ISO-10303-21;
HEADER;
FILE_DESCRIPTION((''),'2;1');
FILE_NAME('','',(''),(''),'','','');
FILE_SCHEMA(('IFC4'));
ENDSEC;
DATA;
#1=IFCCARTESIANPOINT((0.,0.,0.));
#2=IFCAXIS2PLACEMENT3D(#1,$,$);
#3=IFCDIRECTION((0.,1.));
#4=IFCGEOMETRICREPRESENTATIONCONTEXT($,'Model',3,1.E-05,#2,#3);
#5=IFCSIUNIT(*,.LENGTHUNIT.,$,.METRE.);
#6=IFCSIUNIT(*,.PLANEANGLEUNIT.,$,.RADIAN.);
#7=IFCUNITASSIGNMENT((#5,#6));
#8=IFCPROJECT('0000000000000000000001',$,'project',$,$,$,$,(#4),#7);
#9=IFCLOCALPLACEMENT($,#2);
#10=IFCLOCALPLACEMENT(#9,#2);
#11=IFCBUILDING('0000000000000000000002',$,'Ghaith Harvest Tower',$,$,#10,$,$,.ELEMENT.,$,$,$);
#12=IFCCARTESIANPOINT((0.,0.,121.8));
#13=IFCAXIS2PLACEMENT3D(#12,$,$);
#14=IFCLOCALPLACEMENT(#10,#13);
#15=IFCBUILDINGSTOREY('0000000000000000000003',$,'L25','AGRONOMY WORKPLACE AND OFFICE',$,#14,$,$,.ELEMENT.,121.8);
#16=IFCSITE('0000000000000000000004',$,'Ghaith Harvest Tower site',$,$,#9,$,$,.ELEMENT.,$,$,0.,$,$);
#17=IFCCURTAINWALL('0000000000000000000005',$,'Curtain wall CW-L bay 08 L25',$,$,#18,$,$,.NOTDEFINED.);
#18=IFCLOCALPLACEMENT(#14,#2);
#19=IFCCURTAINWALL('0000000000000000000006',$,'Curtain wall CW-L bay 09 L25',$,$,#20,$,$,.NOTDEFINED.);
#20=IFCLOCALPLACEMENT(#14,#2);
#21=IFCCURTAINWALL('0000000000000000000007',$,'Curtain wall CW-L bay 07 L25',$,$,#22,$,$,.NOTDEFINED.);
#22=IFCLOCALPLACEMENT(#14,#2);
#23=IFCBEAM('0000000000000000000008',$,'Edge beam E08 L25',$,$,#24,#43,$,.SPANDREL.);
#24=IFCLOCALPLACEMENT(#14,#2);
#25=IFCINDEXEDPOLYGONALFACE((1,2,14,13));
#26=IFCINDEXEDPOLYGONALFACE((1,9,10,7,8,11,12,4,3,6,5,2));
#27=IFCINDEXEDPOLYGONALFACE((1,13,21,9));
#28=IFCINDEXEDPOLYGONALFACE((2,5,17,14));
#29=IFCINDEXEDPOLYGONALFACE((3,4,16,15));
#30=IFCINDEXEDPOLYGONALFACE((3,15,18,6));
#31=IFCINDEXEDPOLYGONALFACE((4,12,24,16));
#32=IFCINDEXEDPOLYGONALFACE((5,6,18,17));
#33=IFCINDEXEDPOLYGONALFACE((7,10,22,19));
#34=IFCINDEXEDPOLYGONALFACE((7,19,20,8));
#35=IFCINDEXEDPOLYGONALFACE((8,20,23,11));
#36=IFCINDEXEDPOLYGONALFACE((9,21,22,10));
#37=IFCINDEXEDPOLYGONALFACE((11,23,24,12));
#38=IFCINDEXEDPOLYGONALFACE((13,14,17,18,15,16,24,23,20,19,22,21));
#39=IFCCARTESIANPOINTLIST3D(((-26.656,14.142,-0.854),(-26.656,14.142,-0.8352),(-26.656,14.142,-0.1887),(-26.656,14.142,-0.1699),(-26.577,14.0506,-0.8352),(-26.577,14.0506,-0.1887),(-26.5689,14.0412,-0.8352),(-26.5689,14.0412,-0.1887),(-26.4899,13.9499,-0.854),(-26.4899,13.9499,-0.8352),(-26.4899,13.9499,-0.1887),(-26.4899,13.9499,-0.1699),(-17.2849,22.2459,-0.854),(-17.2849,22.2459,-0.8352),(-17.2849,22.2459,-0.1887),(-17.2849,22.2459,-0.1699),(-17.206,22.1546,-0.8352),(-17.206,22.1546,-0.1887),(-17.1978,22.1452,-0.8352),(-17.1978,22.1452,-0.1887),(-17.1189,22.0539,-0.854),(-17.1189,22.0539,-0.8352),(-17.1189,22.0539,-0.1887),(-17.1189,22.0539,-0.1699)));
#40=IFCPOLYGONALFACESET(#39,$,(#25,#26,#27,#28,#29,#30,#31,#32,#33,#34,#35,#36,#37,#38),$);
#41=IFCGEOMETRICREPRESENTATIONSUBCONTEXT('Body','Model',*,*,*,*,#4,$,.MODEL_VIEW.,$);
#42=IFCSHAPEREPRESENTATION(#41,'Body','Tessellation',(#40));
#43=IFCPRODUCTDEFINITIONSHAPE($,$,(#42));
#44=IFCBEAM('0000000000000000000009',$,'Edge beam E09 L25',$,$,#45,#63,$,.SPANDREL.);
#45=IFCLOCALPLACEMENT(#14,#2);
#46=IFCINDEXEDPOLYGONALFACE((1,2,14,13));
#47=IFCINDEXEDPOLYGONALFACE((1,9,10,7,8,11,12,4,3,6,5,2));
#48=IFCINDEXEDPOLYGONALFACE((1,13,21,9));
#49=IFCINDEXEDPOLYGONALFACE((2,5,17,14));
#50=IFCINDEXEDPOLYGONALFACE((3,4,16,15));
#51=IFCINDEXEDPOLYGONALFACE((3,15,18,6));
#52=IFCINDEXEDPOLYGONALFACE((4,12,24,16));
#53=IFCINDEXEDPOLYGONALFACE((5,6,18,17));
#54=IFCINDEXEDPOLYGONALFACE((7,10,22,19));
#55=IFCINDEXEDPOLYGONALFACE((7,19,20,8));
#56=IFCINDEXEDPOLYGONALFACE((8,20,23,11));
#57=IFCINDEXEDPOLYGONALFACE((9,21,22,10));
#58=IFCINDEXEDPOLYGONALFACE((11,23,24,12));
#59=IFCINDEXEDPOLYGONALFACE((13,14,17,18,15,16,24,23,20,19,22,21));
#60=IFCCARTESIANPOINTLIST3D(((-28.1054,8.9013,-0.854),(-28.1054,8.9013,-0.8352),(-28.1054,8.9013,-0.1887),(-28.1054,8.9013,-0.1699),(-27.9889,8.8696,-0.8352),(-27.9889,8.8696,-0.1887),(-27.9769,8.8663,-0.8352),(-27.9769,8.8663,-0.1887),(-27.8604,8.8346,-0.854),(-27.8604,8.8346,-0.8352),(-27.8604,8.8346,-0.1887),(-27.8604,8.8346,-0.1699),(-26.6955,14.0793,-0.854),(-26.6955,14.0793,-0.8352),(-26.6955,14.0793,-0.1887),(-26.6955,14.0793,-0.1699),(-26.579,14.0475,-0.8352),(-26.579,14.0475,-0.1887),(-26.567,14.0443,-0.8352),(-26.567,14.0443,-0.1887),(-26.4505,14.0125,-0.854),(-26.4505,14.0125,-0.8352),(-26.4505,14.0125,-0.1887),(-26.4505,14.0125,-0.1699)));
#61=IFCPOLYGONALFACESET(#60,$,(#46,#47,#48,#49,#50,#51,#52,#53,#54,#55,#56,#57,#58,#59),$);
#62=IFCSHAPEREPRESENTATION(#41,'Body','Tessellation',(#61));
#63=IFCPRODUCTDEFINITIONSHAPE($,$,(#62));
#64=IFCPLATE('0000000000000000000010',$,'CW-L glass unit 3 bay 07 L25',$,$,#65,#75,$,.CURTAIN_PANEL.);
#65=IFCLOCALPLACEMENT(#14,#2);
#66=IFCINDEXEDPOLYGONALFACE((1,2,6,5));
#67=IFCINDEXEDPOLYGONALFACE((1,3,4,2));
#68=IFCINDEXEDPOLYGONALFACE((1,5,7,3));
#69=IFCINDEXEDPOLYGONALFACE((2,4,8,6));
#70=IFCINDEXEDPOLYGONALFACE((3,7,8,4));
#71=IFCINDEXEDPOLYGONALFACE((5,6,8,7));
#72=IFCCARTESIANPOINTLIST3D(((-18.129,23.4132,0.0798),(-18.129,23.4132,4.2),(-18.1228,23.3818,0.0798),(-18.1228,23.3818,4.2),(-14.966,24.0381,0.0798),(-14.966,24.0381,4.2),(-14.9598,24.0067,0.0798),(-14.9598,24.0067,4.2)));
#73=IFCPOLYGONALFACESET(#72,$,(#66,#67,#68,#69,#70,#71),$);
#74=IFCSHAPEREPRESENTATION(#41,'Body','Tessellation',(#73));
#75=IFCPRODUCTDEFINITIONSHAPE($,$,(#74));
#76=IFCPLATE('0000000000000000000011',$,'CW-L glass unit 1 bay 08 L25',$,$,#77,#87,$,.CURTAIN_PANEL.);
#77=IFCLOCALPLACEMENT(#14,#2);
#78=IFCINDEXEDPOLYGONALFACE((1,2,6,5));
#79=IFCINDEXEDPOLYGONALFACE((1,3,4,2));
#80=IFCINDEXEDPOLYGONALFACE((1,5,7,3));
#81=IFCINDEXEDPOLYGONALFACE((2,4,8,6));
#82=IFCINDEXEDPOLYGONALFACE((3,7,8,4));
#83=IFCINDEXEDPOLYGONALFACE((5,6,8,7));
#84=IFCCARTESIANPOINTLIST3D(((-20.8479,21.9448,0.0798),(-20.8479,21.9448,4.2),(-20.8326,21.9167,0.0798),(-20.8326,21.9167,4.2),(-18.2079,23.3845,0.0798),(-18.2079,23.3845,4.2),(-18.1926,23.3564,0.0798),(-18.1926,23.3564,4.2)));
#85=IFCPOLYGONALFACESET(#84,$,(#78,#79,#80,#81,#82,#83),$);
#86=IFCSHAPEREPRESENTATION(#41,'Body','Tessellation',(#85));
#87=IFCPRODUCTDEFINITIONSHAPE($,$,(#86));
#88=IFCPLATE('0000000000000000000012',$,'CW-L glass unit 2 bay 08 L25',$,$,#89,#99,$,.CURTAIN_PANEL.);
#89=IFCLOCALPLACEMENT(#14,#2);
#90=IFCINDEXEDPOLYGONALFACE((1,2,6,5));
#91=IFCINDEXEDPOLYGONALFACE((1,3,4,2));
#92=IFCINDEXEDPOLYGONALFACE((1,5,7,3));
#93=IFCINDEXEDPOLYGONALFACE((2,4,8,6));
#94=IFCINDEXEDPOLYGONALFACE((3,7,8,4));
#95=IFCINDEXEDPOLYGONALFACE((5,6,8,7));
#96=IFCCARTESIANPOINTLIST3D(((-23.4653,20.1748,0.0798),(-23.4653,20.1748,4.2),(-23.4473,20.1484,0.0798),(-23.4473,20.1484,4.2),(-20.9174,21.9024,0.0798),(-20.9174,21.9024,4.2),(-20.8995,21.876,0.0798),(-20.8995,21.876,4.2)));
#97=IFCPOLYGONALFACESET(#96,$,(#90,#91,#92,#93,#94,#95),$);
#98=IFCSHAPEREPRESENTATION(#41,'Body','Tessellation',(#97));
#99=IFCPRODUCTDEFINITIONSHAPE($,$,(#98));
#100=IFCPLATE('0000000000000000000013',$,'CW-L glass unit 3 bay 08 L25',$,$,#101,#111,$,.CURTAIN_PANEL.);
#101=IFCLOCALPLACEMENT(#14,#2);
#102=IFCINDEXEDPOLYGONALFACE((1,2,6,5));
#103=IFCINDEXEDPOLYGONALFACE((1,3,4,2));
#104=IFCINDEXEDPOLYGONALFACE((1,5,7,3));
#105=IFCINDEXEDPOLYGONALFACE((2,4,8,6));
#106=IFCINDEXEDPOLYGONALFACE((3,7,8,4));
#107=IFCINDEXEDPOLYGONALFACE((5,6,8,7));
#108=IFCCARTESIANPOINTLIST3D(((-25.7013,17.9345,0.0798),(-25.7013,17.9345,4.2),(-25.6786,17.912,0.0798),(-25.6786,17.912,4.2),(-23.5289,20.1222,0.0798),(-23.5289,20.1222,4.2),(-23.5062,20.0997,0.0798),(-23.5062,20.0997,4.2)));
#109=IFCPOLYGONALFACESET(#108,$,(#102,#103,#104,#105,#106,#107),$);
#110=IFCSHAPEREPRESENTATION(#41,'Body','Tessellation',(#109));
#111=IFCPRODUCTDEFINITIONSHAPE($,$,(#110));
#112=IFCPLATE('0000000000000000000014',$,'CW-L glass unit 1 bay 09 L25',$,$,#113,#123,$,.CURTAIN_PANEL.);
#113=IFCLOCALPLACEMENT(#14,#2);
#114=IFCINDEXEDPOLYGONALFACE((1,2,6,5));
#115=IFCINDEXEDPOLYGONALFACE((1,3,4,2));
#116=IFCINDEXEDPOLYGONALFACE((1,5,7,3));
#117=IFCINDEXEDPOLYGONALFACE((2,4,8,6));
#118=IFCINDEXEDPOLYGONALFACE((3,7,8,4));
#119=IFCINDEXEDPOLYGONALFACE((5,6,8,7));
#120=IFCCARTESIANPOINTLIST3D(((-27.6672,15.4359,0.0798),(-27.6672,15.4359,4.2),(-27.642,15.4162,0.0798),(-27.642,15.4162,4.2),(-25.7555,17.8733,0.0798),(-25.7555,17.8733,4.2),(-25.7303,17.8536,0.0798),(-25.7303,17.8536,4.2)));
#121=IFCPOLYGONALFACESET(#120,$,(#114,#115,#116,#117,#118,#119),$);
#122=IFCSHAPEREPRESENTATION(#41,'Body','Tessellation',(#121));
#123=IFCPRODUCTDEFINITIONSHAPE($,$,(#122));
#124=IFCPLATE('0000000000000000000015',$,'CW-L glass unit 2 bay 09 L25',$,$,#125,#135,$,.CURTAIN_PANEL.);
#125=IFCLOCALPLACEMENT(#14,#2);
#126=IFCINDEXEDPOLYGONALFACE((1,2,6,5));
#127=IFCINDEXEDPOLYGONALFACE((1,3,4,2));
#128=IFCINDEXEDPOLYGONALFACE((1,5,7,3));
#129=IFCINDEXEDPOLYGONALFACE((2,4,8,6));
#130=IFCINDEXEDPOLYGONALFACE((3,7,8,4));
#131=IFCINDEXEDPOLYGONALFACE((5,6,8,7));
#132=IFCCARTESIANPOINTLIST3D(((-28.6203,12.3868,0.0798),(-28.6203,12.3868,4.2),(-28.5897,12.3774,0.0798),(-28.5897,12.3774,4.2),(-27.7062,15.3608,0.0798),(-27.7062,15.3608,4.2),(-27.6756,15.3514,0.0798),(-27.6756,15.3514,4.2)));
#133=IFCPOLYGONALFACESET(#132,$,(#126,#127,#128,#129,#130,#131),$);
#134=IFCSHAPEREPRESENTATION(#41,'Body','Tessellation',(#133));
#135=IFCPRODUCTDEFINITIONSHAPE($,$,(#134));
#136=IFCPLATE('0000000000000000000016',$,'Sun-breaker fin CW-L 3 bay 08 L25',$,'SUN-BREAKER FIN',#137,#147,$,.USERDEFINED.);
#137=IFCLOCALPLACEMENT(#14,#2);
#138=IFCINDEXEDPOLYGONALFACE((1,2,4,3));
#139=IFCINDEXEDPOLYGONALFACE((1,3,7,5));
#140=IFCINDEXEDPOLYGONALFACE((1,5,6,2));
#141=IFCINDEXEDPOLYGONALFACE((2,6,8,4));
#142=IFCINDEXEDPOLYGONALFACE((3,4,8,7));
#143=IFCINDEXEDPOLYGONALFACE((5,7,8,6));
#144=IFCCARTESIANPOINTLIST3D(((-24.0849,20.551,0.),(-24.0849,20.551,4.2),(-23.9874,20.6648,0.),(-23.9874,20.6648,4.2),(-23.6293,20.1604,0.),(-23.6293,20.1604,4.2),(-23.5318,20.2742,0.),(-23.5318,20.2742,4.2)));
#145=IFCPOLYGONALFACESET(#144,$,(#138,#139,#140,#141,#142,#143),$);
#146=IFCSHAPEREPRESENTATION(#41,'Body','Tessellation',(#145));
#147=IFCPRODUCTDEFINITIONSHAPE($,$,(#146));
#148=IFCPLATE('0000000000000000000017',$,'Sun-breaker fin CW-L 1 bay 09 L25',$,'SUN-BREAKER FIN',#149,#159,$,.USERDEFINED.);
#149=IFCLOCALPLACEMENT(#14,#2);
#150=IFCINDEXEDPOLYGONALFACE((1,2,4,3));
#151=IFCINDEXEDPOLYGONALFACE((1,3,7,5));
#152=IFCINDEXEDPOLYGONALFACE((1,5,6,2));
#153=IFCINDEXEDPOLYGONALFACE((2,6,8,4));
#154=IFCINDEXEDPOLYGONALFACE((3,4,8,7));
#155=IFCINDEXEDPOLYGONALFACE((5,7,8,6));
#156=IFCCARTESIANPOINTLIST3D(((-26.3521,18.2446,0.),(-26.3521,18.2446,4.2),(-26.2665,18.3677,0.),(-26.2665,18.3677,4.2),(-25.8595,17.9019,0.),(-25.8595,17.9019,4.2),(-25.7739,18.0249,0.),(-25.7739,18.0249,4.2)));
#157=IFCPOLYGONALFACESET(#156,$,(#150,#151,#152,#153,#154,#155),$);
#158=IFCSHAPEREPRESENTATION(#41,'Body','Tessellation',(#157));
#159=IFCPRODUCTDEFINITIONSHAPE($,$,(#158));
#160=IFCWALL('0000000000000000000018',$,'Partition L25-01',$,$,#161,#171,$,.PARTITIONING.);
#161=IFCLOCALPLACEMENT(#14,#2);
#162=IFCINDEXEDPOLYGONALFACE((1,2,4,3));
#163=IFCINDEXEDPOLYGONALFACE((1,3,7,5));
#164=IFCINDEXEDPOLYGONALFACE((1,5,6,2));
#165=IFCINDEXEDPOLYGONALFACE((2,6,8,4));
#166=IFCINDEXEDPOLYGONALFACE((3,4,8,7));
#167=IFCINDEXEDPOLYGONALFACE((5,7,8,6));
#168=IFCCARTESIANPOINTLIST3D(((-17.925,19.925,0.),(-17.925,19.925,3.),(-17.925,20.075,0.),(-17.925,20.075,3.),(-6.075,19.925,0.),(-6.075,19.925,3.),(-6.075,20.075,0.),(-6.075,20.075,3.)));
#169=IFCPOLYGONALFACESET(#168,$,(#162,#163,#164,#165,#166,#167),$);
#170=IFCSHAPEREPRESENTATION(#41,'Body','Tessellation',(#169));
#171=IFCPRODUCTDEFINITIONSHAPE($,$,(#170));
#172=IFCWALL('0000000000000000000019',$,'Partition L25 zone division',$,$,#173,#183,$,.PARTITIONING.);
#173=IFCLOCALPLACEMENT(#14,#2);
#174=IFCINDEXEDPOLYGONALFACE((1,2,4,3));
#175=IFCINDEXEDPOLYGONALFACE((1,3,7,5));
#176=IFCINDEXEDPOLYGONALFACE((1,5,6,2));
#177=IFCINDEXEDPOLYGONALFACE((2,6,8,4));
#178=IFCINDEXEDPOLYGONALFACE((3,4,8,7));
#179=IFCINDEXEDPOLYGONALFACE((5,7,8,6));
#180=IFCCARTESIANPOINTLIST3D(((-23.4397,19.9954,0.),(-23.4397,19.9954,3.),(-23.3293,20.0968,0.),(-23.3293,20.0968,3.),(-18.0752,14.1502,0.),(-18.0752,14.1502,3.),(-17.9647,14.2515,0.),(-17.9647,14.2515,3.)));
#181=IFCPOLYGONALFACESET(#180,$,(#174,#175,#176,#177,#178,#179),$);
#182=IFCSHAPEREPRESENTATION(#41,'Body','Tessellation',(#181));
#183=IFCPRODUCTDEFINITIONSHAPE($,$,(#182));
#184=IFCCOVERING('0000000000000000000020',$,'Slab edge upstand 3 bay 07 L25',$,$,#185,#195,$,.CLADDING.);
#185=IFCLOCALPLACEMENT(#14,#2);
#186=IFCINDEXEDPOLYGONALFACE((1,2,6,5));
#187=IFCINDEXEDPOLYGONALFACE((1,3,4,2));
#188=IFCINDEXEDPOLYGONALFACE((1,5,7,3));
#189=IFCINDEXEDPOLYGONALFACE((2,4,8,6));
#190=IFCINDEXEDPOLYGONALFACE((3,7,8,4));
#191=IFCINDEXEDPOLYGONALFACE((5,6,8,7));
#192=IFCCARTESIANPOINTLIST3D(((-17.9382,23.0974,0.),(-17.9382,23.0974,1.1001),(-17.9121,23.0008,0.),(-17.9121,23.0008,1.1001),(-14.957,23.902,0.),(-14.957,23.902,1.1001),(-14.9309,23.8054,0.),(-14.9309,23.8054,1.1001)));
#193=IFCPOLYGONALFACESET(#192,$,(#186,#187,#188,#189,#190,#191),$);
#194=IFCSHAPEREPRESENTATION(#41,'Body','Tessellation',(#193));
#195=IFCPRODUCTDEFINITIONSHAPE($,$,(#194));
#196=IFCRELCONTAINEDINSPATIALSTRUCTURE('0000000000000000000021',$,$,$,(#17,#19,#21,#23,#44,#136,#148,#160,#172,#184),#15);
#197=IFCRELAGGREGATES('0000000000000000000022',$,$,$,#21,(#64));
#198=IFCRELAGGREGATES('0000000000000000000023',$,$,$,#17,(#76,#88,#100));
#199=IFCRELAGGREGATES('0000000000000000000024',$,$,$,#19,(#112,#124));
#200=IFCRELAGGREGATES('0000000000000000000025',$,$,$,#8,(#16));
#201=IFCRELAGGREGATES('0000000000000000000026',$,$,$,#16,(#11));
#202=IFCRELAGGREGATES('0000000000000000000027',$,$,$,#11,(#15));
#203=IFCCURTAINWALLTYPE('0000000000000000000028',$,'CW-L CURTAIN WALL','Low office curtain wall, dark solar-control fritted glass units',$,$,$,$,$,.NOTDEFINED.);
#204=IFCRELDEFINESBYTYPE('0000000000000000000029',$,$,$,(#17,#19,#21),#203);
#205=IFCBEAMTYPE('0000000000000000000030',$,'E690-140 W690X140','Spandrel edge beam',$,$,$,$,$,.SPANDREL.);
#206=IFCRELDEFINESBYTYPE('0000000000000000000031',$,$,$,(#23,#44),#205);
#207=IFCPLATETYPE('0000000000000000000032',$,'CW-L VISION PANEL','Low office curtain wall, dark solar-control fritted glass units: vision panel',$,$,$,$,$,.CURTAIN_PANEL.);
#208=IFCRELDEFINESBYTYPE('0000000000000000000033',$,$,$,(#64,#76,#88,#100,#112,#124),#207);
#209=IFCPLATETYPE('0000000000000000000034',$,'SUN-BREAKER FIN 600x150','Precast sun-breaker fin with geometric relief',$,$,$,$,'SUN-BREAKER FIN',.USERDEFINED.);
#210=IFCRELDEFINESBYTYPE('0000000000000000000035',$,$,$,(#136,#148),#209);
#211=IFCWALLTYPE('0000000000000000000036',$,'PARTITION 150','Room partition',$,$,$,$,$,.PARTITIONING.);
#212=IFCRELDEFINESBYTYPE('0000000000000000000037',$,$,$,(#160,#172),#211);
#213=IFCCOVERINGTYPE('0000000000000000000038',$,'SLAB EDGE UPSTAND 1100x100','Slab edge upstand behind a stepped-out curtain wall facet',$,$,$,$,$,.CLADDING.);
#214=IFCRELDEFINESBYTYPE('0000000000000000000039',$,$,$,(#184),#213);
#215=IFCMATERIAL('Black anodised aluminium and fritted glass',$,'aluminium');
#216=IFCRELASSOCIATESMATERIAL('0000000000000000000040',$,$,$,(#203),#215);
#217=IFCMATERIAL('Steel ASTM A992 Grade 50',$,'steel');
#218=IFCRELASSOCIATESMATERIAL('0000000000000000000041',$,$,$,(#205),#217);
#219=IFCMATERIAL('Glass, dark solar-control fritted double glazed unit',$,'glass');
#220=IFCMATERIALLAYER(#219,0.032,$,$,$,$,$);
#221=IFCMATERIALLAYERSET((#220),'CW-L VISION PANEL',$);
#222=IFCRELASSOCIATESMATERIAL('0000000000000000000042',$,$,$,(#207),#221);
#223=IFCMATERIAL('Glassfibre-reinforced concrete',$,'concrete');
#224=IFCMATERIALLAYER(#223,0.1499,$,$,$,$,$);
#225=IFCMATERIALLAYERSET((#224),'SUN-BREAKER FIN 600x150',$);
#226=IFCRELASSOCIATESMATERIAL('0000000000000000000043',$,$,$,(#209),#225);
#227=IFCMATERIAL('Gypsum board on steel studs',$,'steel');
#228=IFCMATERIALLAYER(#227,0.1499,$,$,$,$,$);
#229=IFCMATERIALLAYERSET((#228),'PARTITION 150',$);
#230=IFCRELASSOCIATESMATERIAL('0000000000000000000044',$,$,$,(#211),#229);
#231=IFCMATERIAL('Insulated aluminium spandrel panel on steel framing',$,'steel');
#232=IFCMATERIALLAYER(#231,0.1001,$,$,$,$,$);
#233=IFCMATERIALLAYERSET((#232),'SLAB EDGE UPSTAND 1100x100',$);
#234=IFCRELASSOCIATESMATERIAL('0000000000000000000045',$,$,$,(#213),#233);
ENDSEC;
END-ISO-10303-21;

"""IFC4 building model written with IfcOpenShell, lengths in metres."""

from ifc_helpers import new_model, si_unit, direction, frame, frame_2d, origin, origin_2d, place, context, subcontext, project, spatial, rectangle, i_section, extrude, material, layer, layer_set, material_profile, profile_set, type_object, element, aggregate, save


model = new_model("IFC4")

# Units and contexts
model_context = context("Model", 3, precision=1e-05, world=origin(), true_north=direction((0.0, 1.0)))
body_context = subcontext(model_context, "Body", "Model", "MODEL_VIEW")
ifc_project = project(units=[si_unit("LENGTHUNIT", "METRE"), si_unit("PLANEANGLEUNIT", "RADIAN")], contexts=[model_context])

# Site, building, storey
site_placement = place(None, origin())
site = spatial("IfcSite", under=ifc_project, at=site_placement, Name="Ghaith Harvest Tower site", CompositionType="ELEMENT", RefElevation=0.0)
building_placement = place(site_placement, origin())
building = spatial("IfcBuilding", under=site, at=building_placement, Name="Ghaith Harvest Tower", CompositionType="ELEMENT")
storey_placement = place(building_placement, frame((0.0, 0.0, 121.8)))
storey = spatial("IfcBuildingStorey", under=building, at=storey_placement, Name="L25", Description="AGRONOMY WORKPLACE AND OFFICE", CompositionType="ELEMENT", Elevation=121.8)

# Curtain walls
ifc_material_1 = material(Name="Black anodised aluminium and fritted glass", Category="aluminium")
curtain_wall_type = type_object("IfcCurtainWallType", Name="CW-L CURTAIN WALL", Description="Low office curtain wall, dark solar-control fritted glass units", PredefinedType="NOTDEFINED", material=ifc_material_1)
curtain_wall_1_placement = place(storey_placement, origin())
curtain_wall_1 = element("IfcCurtainWall", 1, at=curtain_wall_1_placement, inside=storey, type_object=curtain_wall_type, Name="Curtain wall CW-L bay 08 L25", PredefinedType="NOTDEFINED")
curtain_wall_2_placement = place(storey_placement, origin())
curtain_wall_2 = element("IfcCurtainWall", 2, at=curtain_wall_2_placement, inside=storey, type_object=curtain_wall_type, Name="Curtain wall CW-L bay 09 L25", PredefinedType="NOTDEFINED")

# Curtain wall
curtain_wall_3_placement = place(storey_placement, origin())
curtain_wall_3 = element("IfcCurtainWall", 3, at=curtain_wall_3_placement, inside=storey, type_object=curtain_wall_type, Name="Curtain wall CW-L bay 07 L25", PredefinedType="NOTDEFINED")

# Beams
ifc_material_2 = material(Name="Steel ASTM A992 Grade 50", Category="steel")
ifc_material_profile_1 = material_profile(ifc_material_2, i_section(OverallWidth=0.2539, OverallDepth=0.6841, WebThickness=0.0125, FlangeThickness=0.0188, at=origin_2d()), Name="W690X140")
ifc_profile_set_1 = profile_set([ifc_material_profile_1], Name="Steel ASTM A992 Grade 50")
beam_type = type_object("IfcBeamType", Name="E690-140 W690X140", Description="Spandrel edge beam", PredefinedType="SPANDREL", material=ifc_profile_set_1)
beam_1_placement = place(storey_placement, frame((-17.2019, 22.1499, -0.512), z_axis=(-0.756392, -0.654118, 0.0), x_axis=(0.654118, -0.756392, 0.0)))
element("IfcBeam", 4, at=beam_1_placement, inside=storey, type_object=beam_type, Name="Edge beam E08 L25", PredefinedType="SPANDREL", context=body_context, shape_type="SweptSolid", body=[
    extrude(i_section(OverallWidth=0.2539, OverallDepth=0.6841, WebThickness=0.0125, FlangeThickness=0.0188, at=origin_2d()), origin(), (0.0, 0.0, 1.0), 12.3892),
])
beam_2_placement = place(storey_placement, frame((-26.573, 14.0459, -0.512), z_axis=(-0.262725, -0.964871, 0.0), x_axis=(0.964871, -0.262725, 0.0)))
element("IfcBeam", 5, at=beam_2_placement, inside=storey, type_object=beam_type, Name="Edge beam E09 L25", PredefinedType="SPANDREL", context=body_context, shape_type="SweptSolid", body=[
    extrude(i_section(OverallWidth=0.2539, OverallDepth=0.6841, WebThickness=0.0125, FlangeThickness=0.0188, at=origin_2d()), origin(), (0.0, 0.0, 1.0), 5.3665),
])

# Plates
ifc_material_3 = material(Name="Glass, dark solar-control fritted double glazed unit", Category="glass")
ifc_layer_1 = layer(ifc_material_3, 0.032)
ifc_layer_set_1 = layer_set([ifc_layer_1], Name="CW-L VISION PANEL")
plate_type_1 = type_object("IfcPlateType", Name="CW-L VISION PANEL", Description="Low office curtain wall, dark solar-control fritted glass units: vision panel", PredefinedType="CURTAIN_PANEL", material=ifc_layer_set_1)
plate_1_placement = place(storey_placement, frame((-16.5444, 23.71, 0.0798), z_axis=(0.0, 0.0, 1.0), x_axis=(-0.981038, -0.193818, 0.0)))
plate_1 = element("IfcPlate", 6, at=plate_1_placement, type_object=plate_type_1, Name="CW-L glass unit 3 bay 07 L25", PredefinedType="CURTAIN_PANEL", context=body_context, shape_type="SweptSolid", body=[
    extrude(rectangle(XDim=3.2241, YDim=0.032, at=origin_2d()), origin(), (0.0, 0.0, 1.0), 4.1201),
])
aggregate(curtain_wall_3, [plate_1])
plate_2_placement = place(storey_placement, frame((-19.5203, 22.6506, 0.0798), z_axis=(0.0, 0.0, 1.0), x_axis=(-0.87794, -0.47877, 0.0)))
plate_2 = element("IfcPlate", 7, at=plate_2_placement, type_object=plate_type_1, Name="CW-L glass unit 1 bay 08 L25", PredefinedType="CURTAIN_PANEL", context=body_context, shape_type="SweptSolid", body=[
    extrude(rectangle(XDim=3.0071, YDim=0.032, at=origin_2d()), origin(), (0.0, 0.0, 1.0), 4.1201),
])
plate_3_placement = place(storey_placement, frame((-22.1824, 21.0254, 0.0798), z_axis=(0.0, 0.0, 1.0), x_axis=(-0.827675, -0.561208, 0.0)))
plate_3 = element("IfcPlate", 8, at=plate_3_placement, type_object=plate_type_1, Name="CW-L glass unit 2 bay 08 L25", PredefinedType="CURTAIN_PANEL", context=body_context, shape_type="SweptSolid", body=[
    extrude(rectangle(XDim=3.0784, YDim=0.032, at=origin_2d()), origin(), (0.0, 0.0, 1.0), 4.1201),
])
plate_4_placement = place(storey_placement, frame((-24.6038, 19.0171, 0.0798), z_axis=(0.0, 0.0, 1.0), x_axis=(-0.704614, -0.709591, 0.0)))
plate_4 = element("IfcPlate", 9, at=plate_4_placement, type_object=plate_type_1, Name="CW-L glass unit 3 bay 08 L25", PredefinedType="CURTAIN_PANEL", context=body_context, shape_type="SweptSolid", body=[
    extrude(rectangle(XDim=3.083, YDim=0.032, at=origin_2d()), origin(), (0.0, 0.0, 1.0), 4.1201),
])
aggregate(curtain_wall_1, [plate_2, plate_3, plate_4])
plate_5_placement = place(storey_placement, frame((-26.6987, 16.6448, 0.0798), z_axis=(0.0, 0.0, 1.0), x_axis=(-0.617141, -0.786853, 0.0)))
plate_5 = element("IfcPlate", 10, at=plate_5_placement, type_object=plate_type_1, Name="CW-L glass unit 1 bay 09 L25", PredefinedType="CURTAIN_PANEL", context=body_context, shape_type="SweptSolid", body=[
    extrude(rectangle(XDim=3.0977, YDim=0.032, at=origin_2d()), origin(), (0.0, 0.0, 1.0), 4.1201),
])
plate_6_placement = place(storey_placement, frame((-28.1479, 13.8691, 0.0798), z_axis=(0.0, 0.0, 1.0), x_axis=(-0.293803, -0.955866, 0.0)))
plate_6 = element("IfcPlate", 11, at=plate_6_placement, type_object=plate_type_1, Name="CW-L glass unit 2 bay 09 L25", PredefinedType="CURTAIN_PANEL", context=body_context, shape_type="SweptSolid", body=[
    extrude(rectangle(XDim=3.1113, YDim=0.032, at=origin_2d()), origin(), (0.0, 0.0, 1.0), 4.1201),
])
aggregate(curtain_wall_2, [plate_5, plate_6])

# Plates
ifc_material_4 = material(Name="Glassfibre-reinforced concrete", Category="concrete")
ifc_layer_2 = layer(ifc_material_4, 0.1499)
ifc_layer_set_2 = layer_set([ifc_layer_2], Name="SUN-BREAKER FIN 600x150")
plate_type_2 = type_object("IfcPlateType", Name="SUN-BREAKER FIN 600x150", Description="Precast sun-breaker fin with geometric relief", ElementType="SUN-BREAKER FIN", PredefinedType="USERDEFINED", material=ifc_layer_set_2)
for number, where, z_axis, x_axis, name in (
    (12, (-23.8083, 20.4126, 0.0), (0.0, 0.0, 1.0), (-0.75917, 0.650893, 0.0), "Sun-breaker fin CW-L 3 bay 08 L25"),
    (13, (-26.063, 18.1348, 0.0), (0.0, 0.0, 1.0), (-0.820845, 0.57115, 0.0), "Sun-breaker fin CW-L 1 bay 09 L25"),
):
    element("IfcPlate", number, at=place(storey_placement, frame(where, z_axis=z_axis, x_axis=x_axis)), inside=storey, type_object=plate_type_2, Name=name, ObjectType="SUN-BREAKER FIN", PredefinedType="USERDEFINED", context=body_context, shape_type="SweptSolid", body=[
        extrude(rectangle(XDim=0.6001, YDim=0.1499, at=origin_2d()), origin(), (0.0, 0.0, 1.0), 4.2),
    ])

# Walls
ifc_material_5 = material(Name="Gypsum board on steel studs", Category="steel")
ifc_layer_3 = layer(ifc_material_5, 0.1499)
ifc_layer_set_3 = layer_set([ifc_layer_3], Name="PARTITION 150")
wall_type = type_object("IfcWallType", Name="PARTITION 150", Description="Room partition", PredefinedType="PARTITIONING", material=ifc_layer_set_3)
wall_1_placement = place(storey_placement, frame((-17.925, 20.0, 0.0), z_axis=(0.0, 0.0, 1.0), x_axis=(1.0, 0.0, 0.0)))
element("IfcWall", 14, at=wall_1_placement, inside=storey, type_object=wall_type, Name="Partition L25-01", PredefinedType="PARTITIONING", context=body_context, shape_type="SweptSolid", body=[
    extrude(rectangle(XDim=11.8501, YDim=0.1499, at=frame_2d((5.925, 0.0))), origin(), (0.0, 0.0, 1.0), 3.0),
])
wall_2_placement = place(storey_placement, frame((-18.02, 14.2009, 0.0), z_axis=(0.0, 0.0, 1.0), x_axis=(-0.676162, 0.736753, 0.0)))
element("IfcWall", 15, at=wall_2_placement, inside=storey, type_object=wall_type, Name="Partition L25 zone division", PredefinedType="PARTITIONING", context=body_context, shape_type="SweptSolid", body=[
    extrude(rectangle(XDim=7.9338, YDim=0.1499, at=frame_2d((3.9668, 0.0))), origin(), (0.0, 0.0, 1.0), 3.0),
])

# Covering
ifc_material_6 = material(Name="Insulated aluminium spandrel panel on steel framing", Category="steel")
ifc_layer_4 = layer(ifc_material_6, 0.1001)
ifc_layer_set_4 = layer_set([ifc_layer_4], Name="SLAB EDGE UPSTAND 1100x100")
covering_type = type_object("IfcCoveringType", Name="SLAB EDGE UPSTAND 1100x100", Description="Slab edge upstand behind a stepped-out curtain wall facet", PredefinedType="CLADDING", material=ifc_layer_set_4)
covering_1_placement = place(storey_placement, frame((-16.4346, 23.4514, 0.0), z_axis=(0.0, 0.0, 1.0), x_axis=(-0.965455, -0.26057, 0.0)))
element("IfcCovering", 16, at=covering_1_placement, inside=storey, type_object=covering_type, Name="Slab edge upstand 3 bay 07 L25", PredefinedType="CLADDING", context=body_context, shape_type="SweptSolid", body=[
    extrude(rectangle(XDim=3.0879, YDim=0.1001, at=origin_2d()), origin(), (0.0, 0.0, 1.0), 1.1001),
])

save(model, "model.ifc")
